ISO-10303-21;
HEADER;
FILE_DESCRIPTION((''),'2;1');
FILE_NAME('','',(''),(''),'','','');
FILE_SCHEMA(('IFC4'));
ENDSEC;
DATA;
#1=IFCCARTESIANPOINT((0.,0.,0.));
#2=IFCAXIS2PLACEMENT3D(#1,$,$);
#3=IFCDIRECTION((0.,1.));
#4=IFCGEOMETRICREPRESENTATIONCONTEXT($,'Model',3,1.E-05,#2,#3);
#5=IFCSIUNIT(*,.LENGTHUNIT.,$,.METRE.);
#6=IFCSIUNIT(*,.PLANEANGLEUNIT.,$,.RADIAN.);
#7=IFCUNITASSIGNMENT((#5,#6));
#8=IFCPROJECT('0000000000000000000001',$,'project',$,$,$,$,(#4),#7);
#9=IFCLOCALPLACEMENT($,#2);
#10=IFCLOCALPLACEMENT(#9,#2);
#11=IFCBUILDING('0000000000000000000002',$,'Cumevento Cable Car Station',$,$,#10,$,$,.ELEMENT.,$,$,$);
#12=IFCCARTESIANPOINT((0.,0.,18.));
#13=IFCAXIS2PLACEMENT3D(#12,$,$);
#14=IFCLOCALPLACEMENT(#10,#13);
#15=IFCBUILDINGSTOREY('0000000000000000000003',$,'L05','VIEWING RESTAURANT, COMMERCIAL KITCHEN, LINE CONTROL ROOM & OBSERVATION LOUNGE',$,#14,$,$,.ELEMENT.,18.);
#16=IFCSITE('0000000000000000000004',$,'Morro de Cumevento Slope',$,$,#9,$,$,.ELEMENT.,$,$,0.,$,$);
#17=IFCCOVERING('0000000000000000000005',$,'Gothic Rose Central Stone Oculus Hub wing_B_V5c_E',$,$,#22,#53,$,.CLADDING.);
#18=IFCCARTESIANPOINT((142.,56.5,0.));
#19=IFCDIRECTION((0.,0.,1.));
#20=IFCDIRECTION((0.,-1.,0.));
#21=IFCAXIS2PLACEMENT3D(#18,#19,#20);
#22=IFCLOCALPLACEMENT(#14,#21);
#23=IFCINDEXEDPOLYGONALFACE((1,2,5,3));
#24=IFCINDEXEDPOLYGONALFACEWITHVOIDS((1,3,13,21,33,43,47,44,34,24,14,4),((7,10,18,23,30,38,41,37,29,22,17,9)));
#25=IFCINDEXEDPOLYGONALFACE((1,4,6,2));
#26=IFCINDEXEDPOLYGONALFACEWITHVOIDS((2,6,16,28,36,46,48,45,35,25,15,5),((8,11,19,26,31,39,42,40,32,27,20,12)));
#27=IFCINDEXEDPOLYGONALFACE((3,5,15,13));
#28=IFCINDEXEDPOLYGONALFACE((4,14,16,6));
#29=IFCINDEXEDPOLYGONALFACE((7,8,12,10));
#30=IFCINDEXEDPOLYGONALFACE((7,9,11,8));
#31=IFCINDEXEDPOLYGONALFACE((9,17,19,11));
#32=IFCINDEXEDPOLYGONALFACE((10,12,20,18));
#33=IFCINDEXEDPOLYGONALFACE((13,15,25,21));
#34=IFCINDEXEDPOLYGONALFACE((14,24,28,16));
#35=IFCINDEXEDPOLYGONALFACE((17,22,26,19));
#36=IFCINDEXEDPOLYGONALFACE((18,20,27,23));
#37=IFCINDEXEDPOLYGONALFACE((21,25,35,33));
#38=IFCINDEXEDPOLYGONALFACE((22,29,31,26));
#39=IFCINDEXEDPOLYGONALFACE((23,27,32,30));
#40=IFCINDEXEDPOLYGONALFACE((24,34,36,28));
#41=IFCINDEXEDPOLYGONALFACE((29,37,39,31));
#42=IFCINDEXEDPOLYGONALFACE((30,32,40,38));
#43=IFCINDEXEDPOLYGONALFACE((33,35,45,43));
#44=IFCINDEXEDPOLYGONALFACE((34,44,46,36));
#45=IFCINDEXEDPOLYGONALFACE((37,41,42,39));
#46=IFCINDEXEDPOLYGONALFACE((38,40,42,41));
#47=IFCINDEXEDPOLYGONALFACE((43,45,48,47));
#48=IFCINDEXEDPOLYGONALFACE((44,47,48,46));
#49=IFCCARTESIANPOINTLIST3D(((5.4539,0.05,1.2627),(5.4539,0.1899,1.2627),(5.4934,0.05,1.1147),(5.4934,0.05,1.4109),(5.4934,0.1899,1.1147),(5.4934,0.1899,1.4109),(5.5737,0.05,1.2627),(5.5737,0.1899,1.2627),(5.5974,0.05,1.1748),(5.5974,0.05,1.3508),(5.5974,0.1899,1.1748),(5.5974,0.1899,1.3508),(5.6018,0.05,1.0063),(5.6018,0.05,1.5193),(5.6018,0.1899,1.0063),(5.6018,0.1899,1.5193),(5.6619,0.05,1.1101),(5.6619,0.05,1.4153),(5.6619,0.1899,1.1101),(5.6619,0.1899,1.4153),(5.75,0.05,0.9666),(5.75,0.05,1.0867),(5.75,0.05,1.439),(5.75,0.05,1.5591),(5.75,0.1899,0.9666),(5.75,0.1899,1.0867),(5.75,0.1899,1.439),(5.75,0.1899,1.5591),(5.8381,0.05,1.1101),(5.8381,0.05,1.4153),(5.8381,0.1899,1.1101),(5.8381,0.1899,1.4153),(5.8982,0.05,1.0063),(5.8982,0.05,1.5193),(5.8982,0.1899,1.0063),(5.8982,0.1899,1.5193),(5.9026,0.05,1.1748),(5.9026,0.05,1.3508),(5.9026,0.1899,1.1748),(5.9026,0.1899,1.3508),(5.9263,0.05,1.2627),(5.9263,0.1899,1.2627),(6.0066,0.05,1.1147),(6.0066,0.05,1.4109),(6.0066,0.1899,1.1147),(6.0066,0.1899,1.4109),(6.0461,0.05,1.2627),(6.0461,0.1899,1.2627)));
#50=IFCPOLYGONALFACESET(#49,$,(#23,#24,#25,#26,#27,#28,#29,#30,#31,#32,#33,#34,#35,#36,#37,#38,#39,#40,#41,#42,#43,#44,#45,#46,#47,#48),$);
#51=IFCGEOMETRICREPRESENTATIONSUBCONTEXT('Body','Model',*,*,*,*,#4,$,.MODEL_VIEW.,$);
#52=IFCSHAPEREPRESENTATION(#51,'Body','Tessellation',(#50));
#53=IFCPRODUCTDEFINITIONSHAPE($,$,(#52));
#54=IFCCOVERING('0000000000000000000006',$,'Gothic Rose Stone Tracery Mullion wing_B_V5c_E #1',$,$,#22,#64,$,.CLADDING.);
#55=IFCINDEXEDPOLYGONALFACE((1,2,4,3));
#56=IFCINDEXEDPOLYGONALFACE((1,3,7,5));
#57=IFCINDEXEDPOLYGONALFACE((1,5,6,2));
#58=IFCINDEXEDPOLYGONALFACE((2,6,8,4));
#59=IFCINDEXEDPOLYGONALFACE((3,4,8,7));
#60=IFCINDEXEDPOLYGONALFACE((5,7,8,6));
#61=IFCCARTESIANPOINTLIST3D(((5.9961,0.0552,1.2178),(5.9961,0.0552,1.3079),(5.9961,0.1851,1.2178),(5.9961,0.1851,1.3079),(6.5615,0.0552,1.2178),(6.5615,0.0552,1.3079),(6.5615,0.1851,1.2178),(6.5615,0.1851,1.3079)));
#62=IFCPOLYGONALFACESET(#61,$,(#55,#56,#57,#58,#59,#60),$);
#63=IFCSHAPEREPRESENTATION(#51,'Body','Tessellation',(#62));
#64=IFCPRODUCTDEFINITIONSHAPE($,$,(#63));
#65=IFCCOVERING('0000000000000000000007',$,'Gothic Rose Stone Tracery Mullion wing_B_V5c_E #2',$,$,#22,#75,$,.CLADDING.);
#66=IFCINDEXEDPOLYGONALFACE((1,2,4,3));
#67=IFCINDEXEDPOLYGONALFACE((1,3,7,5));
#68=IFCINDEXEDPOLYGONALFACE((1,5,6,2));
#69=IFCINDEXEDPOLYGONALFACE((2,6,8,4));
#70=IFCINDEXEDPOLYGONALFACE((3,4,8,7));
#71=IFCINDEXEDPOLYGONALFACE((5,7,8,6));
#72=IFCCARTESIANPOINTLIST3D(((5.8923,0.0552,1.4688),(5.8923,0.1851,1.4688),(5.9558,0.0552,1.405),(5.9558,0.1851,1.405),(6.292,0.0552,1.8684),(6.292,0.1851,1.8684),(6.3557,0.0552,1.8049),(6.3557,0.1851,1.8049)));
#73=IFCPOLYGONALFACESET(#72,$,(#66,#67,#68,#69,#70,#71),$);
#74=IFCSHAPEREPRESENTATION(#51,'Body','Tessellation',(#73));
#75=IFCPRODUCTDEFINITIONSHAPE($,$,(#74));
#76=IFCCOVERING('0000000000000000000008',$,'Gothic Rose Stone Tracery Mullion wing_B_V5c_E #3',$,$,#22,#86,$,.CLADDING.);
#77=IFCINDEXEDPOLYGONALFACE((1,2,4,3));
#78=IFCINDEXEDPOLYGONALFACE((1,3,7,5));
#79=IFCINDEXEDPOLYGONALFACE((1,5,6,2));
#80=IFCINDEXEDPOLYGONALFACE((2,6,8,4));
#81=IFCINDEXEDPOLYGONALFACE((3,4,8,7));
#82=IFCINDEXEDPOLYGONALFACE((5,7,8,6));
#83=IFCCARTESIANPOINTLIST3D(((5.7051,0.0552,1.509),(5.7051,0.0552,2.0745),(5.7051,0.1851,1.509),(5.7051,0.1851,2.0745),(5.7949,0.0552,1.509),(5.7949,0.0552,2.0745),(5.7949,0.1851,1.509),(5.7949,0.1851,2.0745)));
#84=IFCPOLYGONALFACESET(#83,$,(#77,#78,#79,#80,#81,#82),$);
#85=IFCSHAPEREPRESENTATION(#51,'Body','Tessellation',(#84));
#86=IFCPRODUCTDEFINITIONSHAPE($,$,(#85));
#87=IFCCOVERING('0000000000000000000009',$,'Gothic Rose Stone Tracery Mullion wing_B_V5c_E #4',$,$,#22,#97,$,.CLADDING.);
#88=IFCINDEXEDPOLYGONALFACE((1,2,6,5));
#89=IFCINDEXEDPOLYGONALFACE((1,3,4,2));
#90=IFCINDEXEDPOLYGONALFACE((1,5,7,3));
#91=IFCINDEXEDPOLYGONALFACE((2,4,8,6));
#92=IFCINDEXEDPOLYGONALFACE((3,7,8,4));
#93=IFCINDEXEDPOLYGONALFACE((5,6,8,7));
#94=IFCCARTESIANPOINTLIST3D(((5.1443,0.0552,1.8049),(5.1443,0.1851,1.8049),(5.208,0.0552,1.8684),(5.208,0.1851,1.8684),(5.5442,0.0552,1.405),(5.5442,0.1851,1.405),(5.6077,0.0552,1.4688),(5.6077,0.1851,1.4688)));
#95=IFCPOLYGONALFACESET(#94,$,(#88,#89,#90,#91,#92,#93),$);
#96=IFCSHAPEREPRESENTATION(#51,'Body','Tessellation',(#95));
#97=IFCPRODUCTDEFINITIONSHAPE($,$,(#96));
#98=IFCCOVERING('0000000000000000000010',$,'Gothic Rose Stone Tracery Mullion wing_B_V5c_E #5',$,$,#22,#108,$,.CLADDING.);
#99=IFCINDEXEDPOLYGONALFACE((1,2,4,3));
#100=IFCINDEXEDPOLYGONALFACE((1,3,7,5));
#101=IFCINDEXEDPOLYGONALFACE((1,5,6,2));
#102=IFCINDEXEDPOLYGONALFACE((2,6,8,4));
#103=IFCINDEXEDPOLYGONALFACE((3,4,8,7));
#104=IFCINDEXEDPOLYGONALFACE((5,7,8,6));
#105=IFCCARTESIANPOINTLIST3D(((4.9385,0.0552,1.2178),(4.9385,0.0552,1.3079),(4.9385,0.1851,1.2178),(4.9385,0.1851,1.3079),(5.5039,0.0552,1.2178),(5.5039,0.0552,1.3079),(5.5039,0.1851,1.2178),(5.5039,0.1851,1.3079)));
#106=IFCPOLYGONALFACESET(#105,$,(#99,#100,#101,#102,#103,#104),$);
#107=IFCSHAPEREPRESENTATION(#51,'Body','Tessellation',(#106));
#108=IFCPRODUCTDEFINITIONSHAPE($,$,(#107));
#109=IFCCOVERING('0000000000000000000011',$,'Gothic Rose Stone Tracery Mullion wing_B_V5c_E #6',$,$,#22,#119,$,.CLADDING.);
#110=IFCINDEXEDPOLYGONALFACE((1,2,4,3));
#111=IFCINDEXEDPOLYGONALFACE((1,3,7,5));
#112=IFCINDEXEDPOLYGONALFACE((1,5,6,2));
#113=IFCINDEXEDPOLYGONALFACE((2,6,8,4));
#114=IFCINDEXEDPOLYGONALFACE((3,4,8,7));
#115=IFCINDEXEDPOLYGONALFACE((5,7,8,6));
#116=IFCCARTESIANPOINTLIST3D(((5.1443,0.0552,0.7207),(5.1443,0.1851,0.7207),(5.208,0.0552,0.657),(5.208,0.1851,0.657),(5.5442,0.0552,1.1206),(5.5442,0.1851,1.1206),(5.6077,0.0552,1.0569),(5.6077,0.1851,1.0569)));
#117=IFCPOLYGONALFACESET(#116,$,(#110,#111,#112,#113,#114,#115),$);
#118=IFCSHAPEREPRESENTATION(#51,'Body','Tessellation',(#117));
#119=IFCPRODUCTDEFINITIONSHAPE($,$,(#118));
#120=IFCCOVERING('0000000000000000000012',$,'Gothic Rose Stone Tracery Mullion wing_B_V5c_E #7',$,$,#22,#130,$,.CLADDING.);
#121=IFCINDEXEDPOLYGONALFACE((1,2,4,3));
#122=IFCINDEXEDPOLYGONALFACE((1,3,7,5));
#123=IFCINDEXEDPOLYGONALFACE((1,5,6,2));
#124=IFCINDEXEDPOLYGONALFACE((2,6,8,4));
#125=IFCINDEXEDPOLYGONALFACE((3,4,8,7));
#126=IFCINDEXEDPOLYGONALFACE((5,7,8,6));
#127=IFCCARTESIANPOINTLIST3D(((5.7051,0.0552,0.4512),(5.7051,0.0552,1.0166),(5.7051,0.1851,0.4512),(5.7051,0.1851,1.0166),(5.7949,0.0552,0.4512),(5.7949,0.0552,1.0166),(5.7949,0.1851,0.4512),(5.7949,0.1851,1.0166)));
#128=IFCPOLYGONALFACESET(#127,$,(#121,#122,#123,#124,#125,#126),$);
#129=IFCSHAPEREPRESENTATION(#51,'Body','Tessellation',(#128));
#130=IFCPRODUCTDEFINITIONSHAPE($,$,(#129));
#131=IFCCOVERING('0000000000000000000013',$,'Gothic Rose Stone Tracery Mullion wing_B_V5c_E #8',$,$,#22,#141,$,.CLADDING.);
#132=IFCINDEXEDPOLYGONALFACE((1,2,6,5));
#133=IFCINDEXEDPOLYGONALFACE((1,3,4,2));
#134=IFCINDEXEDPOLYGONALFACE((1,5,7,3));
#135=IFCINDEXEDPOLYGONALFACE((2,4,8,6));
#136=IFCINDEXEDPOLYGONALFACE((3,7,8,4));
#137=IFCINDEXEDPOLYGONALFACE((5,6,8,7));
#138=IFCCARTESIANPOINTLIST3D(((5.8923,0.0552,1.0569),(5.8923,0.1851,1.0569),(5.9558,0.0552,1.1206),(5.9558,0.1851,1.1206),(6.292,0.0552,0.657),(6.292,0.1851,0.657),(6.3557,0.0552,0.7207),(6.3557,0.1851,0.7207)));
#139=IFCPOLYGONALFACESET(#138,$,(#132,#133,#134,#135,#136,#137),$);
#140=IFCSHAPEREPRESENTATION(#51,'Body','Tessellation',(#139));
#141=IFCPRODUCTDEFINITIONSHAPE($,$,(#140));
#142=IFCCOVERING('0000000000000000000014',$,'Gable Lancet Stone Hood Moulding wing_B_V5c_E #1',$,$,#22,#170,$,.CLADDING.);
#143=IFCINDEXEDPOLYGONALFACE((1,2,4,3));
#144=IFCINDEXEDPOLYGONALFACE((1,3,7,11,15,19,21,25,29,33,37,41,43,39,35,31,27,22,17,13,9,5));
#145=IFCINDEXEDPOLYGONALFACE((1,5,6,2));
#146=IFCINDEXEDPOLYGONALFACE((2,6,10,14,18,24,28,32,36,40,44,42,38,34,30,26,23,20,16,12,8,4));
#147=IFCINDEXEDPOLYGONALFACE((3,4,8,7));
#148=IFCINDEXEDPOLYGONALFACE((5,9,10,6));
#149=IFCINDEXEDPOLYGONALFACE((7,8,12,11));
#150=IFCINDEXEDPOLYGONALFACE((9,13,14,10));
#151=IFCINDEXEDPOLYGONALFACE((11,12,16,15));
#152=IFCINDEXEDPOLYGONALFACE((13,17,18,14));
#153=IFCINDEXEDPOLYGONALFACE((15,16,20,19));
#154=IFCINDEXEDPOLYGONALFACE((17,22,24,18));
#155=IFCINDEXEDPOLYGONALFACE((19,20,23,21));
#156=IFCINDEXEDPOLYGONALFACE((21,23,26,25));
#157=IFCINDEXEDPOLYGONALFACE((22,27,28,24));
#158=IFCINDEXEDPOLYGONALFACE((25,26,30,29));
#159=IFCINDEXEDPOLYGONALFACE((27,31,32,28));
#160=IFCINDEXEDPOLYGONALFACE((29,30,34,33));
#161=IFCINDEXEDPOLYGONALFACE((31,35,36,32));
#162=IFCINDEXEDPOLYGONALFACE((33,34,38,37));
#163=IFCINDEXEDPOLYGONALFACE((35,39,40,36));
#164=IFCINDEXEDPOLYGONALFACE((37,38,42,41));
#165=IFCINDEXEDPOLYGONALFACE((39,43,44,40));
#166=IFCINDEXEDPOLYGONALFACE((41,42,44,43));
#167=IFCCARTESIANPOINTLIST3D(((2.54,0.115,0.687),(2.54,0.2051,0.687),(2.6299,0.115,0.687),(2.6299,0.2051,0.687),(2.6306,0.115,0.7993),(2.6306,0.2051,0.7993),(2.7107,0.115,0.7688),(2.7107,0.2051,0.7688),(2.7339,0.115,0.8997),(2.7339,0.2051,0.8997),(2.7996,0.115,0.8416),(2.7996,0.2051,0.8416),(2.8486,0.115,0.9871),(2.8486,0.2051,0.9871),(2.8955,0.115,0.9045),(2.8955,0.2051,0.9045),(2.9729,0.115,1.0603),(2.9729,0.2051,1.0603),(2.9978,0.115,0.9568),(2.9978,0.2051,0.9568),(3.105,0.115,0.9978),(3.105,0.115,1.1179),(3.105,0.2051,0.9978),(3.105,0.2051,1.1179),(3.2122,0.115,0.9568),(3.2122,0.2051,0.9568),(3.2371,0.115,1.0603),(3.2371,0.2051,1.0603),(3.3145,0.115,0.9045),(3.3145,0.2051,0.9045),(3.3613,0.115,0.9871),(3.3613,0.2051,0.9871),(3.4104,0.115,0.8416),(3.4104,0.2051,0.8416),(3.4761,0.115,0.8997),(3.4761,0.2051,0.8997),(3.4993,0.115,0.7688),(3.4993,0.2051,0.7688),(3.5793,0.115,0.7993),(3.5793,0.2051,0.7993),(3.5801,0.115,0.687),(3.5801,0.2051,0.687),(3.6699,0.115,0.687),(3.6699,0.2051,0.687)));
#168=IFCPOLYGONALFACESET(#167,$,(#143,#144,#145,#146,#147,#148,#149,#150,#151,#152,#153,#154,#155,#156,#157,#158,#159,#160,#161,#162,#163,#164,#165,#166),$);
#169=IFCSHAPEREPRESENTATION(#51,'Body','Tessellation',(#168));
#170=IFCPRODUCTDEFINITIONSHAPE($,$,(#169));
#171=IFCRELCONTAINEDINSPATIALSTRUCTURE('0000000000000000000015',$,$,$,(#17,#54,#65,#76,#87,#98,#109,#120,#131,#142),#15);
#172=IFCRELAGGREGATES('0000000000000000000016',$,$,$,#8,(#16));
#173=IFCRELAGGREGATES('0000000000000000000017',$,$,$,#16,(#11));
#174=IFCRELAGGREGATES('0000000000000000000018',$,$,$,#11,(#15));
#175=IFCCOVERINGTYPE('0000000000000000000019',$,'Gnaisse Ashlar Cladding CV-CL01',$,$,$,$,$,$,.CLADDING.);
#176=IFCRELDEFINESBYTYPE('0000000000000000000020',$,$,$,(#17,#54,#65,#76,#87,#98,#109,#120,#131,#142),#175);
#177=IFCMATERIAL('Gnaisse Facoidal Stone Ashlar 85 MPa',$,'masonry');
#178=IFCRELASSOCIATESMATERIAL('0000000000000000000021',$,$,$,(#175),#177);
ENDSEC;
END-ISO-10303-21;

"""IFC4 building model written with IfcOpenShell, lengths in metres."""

from ifc_helpers import new_model, si_unit, direction, frame, origin, place, context, subcontext, project, spatial, polyline, outline, extrude, material, type_object, element, save


model = new_model("IFC4")

# Units and contexts
model_context = context("Model", 3, precision=1e-05, world=origin(), true_north=direction((0.0, 1.0)))
body_context = subcontext(model_context, "Body", "Model", "MODEL_VIEW")
ifc_project = project(units=[si_unit("LENGTHUNIT", "METRE"), si_unit("PLANEANGLEUNIT", "RADIAN")], contexts=[model_context])

# Site, building, storey
site_placement = place(None, origin())
site = spatial("IfcSite", under=ifc_project, at=site_placement, Name="Morro de Cumevento Slope", CompositionType="ELEMENT", RefElevation=0.0)
building_placement = place(site_placement, origin())
building = spatial("IfcBuilding", under=site, at=building_placement, Name="Cumevento Cable Car Station", CompositionType="ELEMENT")
storey_placement = place(building_placement, frame((0.0, 0.0, 18.0)))
storey = spatial("IfcBuildingStorey", under=building, at=storey_placement, Name="L05", Description="VIEWING RESTAURANT, COMMERCIAL KITCHEN, LINE CONTROL ROOM & OBSERVATION LOUNGE", CompositionType="ELEMENT", Elevation=18.0)

# Coverings
ifc_material_1 = material(Name="Gnaisse Facoidal Stone Ashlar 85 MPa", Category="masonry")
covering_type = type_object("IfcCoveringType", Name="Gnaisse Ashlar Cladding CV-CL01", PredefinedType="CLADDING", material=ifc_material_1)
placement = place(storey_placement, frame((142.0, 56.5, 0.0), z_axis=(0.0, 0.0, 1.0), x_axis=(0.0, -1.0, 0.0)))
element("IfcCovering", 1, at=placement, inside=storey, type_object=covering_type, Name="Gothic Rose Central Stone Oculus Hub wing_B_V5c_E", PredefinedType="CLADDING", context=body_context, shape_type="SweptSolid", body=[
    extrude(outline(polyline([(6.0461, 1.2627), (6.0066, 1.4109), (5.8982, 1.5193), (5.75, 1.5591), (5.6018, 1.5193), (5.4934, 1.4109), (5.4539, 1.2627), (5.4934, 1.1147), (5.6018, 1.0063), (5.75, 0.9666), (5.8982, 1.0063), (6.0066, 1.1147), (6.0461, 1.2627)]), holes=[polyline([(5.9263, 1.2627), (5.9026, 1.3508), (5.8381, 1.4153), (5.75, 1.439), (5.6619, 1.4153), (5.5974, 1.3508), (5.5737, 1.2627), (5.5974, 1.1748), (5.6619, 1.1101), (5.75, 1.0867), (5.8381, 1.1101), (5.9026, 1.1748), (5.9263, 1.2627)])]), frame((0.0, 0.1899, 0.0), z_axis=(0.0, -1.0, 0.0), x_axis=(1.0, 0.0, 0.0)), (0.0, 0.0, 1.0), 0.1399),
])
element("IfcCovering", 2, at=placement, inside=storey, type_object=covering_type, Name="Gothic Rose Stone Tracery Mullion wing_B_V5c_E #1", PredefinedType="CLADDING", context=body_context, shape_type="SweptSolid", body=[
    extrude(outline(polyline([(5.9961, 1.3079), (6.5615, 1.3079), (6.5615, 1.2178), (5.9961, 1.2178), (5.9961, 1.3079)])), frame((0.0, 0.1851, 0.0), z_axis=(0.0, -1.0, 0.0), x_axis=(1.0, 0.0, 0.0)), (0.0, 0.0, 1.0), 0.1299),
])
element("IfcCovering", 3, at=placement, inside=storey, type_object=covering_type, Name="Gothic Rose Stone Tracery Mullion wing_B_V5c_E #2", PredefinedType="CLADDING", context=body_context, shape_type="SweptSolid", body=[
    extrude(outline(polyline([(5.8923, 1.4688), (6.292, 1.8684), (6.3557, 1.8049), (5.9558, 1.405), (5.8923, 1.4688)])), frame((0.0, 0.1851, 0.0), z_axis=(0.0, -1.0, 0.0), x_axis=(1.0, 0.0, 0.0)), (0.0, 0.0, 1.0), 0.1299),
])
element("IfcCovering", 4, at=placement, inside=storey, type_object=covering_type, Name="Gothic Rose Stone Tracery Mullion wing_B_V5c_E #3", PredefinedType="CLADDING", context=body_context, shape_type="SweptSolid", body=[
    extrude(outline(polyline([(5.7051, 1.509), (5.7051, 2.0745), (5.7949, 2.0745), (5.7949, 1.509), (5.7051, 1.509)])), frame((0.0, 0.1851, 0.0), z_axis=(0.0, -1.0, 0.0), x_axis=(1.0, 0.0, 0.0)), (0.0, 0.0, 1.0), 0.1299),
])
element("IfcCovering", 5, at=placement, inside=storey, type_object=covering_type, Name="Gothic Rose Stone Tracery Mullion wing_B_V5c_E #4", PredefinedType="CLADDING", context=body_context, shape_type="SweptSolid", body=[
    extrude(outline(polyline([(5.5442, 1.405), (5.1443, 1.8049), (5.208, 1.8684), (5.6077, 1.4688), (5.5442, 1.405)])), frame((0.0, 0.1851, 0.0), z_axis=(0.0, -1.0, 0.0), x_axis=(1.0, 0.0, 0.0)), (0.0, 0.0, 1.0), 0.1299),
])
element("IfcCovering", 6, at=placement, inside=storey, type_object=covering_type, Name="Gothic Rose Stone Tracery Mullion wing_B_V5c_E #5", PredefinedType="CLADDING", context=body_context, shape_type="SweptSolid", body=[
    extrude(outline(polyline([(5.5039, 1.2178), (4.9385, 1.2178), (4.9385, 1.3079), (5.5039, 1.3079), (5.5039, 1.2178)])), frame((0.0, 0.1851, 0.0), z_axis=(0.0, -1.0, 0.0), x_axis=(1.0, 0.0, 0.0)), (0.0, 0.0, 1.0), 0.1299),
])
element("IfcCovering", 7, at=placement, inside=storey, type_object=covering_type, Name="Gothic Rose Stone Tracery Mullion wing_B_V5c_E #6", PredefinedType="CLADDING", context=body_context, shape_type="SweptSolid", body=[
    extrude(outline(polyline([(5.6077, 1.0569), (5.208, 0.657), (5.1443, 0.7207), (5.5442, 1.1206), (5.6077, 1.0569)])), frame((0.0, 0.1851, 0.0), z_axis=(0.0, -1.0, 0.0), x_axis=(1.0, 0.0, 0.0)), (0.0, 0.0, 1.0), 0.1299),
])
element("IfcCovering", 8, at=placement, inside=storey, type_object=covering_type, Name="Gothic Rose Stone Tracery Mullion wing_B_V5c_E #7", PredefinedType="CLADDING", context=body_context, shape_type="SweptSolid", body=[
    extrude(outline(polyline([(5.7949, 1.0166), (5.7949, 0.4512), (5.7051, 0.4512), (5.7051, 1.0166), (5.7949, 1.0166)])), frame((0.0, 0.1851, 0.0), z_axis=(0.0, -1.0, 0.0), x_axis=(1.0, 0.0, 0.0)), (0.0, 0.0, 1.0), 0.1299),
])
element("IfcCovering", 9, at=placement, inside=storey, type_object=covering_type, Name="Gothic Rose Stone Tracery Mullion wing_B_V5c_E #8", PredefinedType="CLADDING", context=body_context, shape_type="SweptSolid", body=[
    extrude(outline(polyline([(5.9558, 1.1206), (6.3557, 0.7207), (6.292, 0.657), (5.8923, 1.0569), (5.9558, 1.1206)])), frame((0.0, 0.1851, 0.0), z_axis=(0.0, -1.0, 0.0), x_axis=(1.0, 0.0, 0.0)), (0.0, 0.0, 1.0), 0.1299),
])
element("IfcCovering", 10, at=placement, inside=storey, type_object=covering_type, Name="Gable Lancet Stone Hood Moulding wing_B_V5c_E #1", PredefinedType="CLADDING", context=body_context, shape_type="SweptSolid", body=[
    extrude(outline(polyline([(2.6299, 0.687), (2.7107, 0.7688), (2.7996, 0.8416), (2.8955, 0.9045), (2.9978, 0.9568), (3.105, 0.9978), (3.2122, 0.9568), (3.3145, 0.9045), (3.4104, 0.8416), (3.4993, 0.7688), (3.5801, 0.687), (3.6699, 0.687), (3.5793, 0.7993), (3.4761, 0.8997), (3.3613, 0.9871), (3.2371, 1.0603), (3.105, 1.1179), (2.9729, 1.0603), (2.8486, 0.9871), (2.7339, 0.8997), (2.6306, 0.7993), (2.54, 0.687), (2.6299, 0.687)])), frame((0.0, 0.2051, 0.0), z_axis=(0.0, -1.0, 0.0), x_axis=(1.0, 0.0, 0.0)), (0.0, 0.0, 1.0), 0.0901),
])

save(model, "model.ifc")
